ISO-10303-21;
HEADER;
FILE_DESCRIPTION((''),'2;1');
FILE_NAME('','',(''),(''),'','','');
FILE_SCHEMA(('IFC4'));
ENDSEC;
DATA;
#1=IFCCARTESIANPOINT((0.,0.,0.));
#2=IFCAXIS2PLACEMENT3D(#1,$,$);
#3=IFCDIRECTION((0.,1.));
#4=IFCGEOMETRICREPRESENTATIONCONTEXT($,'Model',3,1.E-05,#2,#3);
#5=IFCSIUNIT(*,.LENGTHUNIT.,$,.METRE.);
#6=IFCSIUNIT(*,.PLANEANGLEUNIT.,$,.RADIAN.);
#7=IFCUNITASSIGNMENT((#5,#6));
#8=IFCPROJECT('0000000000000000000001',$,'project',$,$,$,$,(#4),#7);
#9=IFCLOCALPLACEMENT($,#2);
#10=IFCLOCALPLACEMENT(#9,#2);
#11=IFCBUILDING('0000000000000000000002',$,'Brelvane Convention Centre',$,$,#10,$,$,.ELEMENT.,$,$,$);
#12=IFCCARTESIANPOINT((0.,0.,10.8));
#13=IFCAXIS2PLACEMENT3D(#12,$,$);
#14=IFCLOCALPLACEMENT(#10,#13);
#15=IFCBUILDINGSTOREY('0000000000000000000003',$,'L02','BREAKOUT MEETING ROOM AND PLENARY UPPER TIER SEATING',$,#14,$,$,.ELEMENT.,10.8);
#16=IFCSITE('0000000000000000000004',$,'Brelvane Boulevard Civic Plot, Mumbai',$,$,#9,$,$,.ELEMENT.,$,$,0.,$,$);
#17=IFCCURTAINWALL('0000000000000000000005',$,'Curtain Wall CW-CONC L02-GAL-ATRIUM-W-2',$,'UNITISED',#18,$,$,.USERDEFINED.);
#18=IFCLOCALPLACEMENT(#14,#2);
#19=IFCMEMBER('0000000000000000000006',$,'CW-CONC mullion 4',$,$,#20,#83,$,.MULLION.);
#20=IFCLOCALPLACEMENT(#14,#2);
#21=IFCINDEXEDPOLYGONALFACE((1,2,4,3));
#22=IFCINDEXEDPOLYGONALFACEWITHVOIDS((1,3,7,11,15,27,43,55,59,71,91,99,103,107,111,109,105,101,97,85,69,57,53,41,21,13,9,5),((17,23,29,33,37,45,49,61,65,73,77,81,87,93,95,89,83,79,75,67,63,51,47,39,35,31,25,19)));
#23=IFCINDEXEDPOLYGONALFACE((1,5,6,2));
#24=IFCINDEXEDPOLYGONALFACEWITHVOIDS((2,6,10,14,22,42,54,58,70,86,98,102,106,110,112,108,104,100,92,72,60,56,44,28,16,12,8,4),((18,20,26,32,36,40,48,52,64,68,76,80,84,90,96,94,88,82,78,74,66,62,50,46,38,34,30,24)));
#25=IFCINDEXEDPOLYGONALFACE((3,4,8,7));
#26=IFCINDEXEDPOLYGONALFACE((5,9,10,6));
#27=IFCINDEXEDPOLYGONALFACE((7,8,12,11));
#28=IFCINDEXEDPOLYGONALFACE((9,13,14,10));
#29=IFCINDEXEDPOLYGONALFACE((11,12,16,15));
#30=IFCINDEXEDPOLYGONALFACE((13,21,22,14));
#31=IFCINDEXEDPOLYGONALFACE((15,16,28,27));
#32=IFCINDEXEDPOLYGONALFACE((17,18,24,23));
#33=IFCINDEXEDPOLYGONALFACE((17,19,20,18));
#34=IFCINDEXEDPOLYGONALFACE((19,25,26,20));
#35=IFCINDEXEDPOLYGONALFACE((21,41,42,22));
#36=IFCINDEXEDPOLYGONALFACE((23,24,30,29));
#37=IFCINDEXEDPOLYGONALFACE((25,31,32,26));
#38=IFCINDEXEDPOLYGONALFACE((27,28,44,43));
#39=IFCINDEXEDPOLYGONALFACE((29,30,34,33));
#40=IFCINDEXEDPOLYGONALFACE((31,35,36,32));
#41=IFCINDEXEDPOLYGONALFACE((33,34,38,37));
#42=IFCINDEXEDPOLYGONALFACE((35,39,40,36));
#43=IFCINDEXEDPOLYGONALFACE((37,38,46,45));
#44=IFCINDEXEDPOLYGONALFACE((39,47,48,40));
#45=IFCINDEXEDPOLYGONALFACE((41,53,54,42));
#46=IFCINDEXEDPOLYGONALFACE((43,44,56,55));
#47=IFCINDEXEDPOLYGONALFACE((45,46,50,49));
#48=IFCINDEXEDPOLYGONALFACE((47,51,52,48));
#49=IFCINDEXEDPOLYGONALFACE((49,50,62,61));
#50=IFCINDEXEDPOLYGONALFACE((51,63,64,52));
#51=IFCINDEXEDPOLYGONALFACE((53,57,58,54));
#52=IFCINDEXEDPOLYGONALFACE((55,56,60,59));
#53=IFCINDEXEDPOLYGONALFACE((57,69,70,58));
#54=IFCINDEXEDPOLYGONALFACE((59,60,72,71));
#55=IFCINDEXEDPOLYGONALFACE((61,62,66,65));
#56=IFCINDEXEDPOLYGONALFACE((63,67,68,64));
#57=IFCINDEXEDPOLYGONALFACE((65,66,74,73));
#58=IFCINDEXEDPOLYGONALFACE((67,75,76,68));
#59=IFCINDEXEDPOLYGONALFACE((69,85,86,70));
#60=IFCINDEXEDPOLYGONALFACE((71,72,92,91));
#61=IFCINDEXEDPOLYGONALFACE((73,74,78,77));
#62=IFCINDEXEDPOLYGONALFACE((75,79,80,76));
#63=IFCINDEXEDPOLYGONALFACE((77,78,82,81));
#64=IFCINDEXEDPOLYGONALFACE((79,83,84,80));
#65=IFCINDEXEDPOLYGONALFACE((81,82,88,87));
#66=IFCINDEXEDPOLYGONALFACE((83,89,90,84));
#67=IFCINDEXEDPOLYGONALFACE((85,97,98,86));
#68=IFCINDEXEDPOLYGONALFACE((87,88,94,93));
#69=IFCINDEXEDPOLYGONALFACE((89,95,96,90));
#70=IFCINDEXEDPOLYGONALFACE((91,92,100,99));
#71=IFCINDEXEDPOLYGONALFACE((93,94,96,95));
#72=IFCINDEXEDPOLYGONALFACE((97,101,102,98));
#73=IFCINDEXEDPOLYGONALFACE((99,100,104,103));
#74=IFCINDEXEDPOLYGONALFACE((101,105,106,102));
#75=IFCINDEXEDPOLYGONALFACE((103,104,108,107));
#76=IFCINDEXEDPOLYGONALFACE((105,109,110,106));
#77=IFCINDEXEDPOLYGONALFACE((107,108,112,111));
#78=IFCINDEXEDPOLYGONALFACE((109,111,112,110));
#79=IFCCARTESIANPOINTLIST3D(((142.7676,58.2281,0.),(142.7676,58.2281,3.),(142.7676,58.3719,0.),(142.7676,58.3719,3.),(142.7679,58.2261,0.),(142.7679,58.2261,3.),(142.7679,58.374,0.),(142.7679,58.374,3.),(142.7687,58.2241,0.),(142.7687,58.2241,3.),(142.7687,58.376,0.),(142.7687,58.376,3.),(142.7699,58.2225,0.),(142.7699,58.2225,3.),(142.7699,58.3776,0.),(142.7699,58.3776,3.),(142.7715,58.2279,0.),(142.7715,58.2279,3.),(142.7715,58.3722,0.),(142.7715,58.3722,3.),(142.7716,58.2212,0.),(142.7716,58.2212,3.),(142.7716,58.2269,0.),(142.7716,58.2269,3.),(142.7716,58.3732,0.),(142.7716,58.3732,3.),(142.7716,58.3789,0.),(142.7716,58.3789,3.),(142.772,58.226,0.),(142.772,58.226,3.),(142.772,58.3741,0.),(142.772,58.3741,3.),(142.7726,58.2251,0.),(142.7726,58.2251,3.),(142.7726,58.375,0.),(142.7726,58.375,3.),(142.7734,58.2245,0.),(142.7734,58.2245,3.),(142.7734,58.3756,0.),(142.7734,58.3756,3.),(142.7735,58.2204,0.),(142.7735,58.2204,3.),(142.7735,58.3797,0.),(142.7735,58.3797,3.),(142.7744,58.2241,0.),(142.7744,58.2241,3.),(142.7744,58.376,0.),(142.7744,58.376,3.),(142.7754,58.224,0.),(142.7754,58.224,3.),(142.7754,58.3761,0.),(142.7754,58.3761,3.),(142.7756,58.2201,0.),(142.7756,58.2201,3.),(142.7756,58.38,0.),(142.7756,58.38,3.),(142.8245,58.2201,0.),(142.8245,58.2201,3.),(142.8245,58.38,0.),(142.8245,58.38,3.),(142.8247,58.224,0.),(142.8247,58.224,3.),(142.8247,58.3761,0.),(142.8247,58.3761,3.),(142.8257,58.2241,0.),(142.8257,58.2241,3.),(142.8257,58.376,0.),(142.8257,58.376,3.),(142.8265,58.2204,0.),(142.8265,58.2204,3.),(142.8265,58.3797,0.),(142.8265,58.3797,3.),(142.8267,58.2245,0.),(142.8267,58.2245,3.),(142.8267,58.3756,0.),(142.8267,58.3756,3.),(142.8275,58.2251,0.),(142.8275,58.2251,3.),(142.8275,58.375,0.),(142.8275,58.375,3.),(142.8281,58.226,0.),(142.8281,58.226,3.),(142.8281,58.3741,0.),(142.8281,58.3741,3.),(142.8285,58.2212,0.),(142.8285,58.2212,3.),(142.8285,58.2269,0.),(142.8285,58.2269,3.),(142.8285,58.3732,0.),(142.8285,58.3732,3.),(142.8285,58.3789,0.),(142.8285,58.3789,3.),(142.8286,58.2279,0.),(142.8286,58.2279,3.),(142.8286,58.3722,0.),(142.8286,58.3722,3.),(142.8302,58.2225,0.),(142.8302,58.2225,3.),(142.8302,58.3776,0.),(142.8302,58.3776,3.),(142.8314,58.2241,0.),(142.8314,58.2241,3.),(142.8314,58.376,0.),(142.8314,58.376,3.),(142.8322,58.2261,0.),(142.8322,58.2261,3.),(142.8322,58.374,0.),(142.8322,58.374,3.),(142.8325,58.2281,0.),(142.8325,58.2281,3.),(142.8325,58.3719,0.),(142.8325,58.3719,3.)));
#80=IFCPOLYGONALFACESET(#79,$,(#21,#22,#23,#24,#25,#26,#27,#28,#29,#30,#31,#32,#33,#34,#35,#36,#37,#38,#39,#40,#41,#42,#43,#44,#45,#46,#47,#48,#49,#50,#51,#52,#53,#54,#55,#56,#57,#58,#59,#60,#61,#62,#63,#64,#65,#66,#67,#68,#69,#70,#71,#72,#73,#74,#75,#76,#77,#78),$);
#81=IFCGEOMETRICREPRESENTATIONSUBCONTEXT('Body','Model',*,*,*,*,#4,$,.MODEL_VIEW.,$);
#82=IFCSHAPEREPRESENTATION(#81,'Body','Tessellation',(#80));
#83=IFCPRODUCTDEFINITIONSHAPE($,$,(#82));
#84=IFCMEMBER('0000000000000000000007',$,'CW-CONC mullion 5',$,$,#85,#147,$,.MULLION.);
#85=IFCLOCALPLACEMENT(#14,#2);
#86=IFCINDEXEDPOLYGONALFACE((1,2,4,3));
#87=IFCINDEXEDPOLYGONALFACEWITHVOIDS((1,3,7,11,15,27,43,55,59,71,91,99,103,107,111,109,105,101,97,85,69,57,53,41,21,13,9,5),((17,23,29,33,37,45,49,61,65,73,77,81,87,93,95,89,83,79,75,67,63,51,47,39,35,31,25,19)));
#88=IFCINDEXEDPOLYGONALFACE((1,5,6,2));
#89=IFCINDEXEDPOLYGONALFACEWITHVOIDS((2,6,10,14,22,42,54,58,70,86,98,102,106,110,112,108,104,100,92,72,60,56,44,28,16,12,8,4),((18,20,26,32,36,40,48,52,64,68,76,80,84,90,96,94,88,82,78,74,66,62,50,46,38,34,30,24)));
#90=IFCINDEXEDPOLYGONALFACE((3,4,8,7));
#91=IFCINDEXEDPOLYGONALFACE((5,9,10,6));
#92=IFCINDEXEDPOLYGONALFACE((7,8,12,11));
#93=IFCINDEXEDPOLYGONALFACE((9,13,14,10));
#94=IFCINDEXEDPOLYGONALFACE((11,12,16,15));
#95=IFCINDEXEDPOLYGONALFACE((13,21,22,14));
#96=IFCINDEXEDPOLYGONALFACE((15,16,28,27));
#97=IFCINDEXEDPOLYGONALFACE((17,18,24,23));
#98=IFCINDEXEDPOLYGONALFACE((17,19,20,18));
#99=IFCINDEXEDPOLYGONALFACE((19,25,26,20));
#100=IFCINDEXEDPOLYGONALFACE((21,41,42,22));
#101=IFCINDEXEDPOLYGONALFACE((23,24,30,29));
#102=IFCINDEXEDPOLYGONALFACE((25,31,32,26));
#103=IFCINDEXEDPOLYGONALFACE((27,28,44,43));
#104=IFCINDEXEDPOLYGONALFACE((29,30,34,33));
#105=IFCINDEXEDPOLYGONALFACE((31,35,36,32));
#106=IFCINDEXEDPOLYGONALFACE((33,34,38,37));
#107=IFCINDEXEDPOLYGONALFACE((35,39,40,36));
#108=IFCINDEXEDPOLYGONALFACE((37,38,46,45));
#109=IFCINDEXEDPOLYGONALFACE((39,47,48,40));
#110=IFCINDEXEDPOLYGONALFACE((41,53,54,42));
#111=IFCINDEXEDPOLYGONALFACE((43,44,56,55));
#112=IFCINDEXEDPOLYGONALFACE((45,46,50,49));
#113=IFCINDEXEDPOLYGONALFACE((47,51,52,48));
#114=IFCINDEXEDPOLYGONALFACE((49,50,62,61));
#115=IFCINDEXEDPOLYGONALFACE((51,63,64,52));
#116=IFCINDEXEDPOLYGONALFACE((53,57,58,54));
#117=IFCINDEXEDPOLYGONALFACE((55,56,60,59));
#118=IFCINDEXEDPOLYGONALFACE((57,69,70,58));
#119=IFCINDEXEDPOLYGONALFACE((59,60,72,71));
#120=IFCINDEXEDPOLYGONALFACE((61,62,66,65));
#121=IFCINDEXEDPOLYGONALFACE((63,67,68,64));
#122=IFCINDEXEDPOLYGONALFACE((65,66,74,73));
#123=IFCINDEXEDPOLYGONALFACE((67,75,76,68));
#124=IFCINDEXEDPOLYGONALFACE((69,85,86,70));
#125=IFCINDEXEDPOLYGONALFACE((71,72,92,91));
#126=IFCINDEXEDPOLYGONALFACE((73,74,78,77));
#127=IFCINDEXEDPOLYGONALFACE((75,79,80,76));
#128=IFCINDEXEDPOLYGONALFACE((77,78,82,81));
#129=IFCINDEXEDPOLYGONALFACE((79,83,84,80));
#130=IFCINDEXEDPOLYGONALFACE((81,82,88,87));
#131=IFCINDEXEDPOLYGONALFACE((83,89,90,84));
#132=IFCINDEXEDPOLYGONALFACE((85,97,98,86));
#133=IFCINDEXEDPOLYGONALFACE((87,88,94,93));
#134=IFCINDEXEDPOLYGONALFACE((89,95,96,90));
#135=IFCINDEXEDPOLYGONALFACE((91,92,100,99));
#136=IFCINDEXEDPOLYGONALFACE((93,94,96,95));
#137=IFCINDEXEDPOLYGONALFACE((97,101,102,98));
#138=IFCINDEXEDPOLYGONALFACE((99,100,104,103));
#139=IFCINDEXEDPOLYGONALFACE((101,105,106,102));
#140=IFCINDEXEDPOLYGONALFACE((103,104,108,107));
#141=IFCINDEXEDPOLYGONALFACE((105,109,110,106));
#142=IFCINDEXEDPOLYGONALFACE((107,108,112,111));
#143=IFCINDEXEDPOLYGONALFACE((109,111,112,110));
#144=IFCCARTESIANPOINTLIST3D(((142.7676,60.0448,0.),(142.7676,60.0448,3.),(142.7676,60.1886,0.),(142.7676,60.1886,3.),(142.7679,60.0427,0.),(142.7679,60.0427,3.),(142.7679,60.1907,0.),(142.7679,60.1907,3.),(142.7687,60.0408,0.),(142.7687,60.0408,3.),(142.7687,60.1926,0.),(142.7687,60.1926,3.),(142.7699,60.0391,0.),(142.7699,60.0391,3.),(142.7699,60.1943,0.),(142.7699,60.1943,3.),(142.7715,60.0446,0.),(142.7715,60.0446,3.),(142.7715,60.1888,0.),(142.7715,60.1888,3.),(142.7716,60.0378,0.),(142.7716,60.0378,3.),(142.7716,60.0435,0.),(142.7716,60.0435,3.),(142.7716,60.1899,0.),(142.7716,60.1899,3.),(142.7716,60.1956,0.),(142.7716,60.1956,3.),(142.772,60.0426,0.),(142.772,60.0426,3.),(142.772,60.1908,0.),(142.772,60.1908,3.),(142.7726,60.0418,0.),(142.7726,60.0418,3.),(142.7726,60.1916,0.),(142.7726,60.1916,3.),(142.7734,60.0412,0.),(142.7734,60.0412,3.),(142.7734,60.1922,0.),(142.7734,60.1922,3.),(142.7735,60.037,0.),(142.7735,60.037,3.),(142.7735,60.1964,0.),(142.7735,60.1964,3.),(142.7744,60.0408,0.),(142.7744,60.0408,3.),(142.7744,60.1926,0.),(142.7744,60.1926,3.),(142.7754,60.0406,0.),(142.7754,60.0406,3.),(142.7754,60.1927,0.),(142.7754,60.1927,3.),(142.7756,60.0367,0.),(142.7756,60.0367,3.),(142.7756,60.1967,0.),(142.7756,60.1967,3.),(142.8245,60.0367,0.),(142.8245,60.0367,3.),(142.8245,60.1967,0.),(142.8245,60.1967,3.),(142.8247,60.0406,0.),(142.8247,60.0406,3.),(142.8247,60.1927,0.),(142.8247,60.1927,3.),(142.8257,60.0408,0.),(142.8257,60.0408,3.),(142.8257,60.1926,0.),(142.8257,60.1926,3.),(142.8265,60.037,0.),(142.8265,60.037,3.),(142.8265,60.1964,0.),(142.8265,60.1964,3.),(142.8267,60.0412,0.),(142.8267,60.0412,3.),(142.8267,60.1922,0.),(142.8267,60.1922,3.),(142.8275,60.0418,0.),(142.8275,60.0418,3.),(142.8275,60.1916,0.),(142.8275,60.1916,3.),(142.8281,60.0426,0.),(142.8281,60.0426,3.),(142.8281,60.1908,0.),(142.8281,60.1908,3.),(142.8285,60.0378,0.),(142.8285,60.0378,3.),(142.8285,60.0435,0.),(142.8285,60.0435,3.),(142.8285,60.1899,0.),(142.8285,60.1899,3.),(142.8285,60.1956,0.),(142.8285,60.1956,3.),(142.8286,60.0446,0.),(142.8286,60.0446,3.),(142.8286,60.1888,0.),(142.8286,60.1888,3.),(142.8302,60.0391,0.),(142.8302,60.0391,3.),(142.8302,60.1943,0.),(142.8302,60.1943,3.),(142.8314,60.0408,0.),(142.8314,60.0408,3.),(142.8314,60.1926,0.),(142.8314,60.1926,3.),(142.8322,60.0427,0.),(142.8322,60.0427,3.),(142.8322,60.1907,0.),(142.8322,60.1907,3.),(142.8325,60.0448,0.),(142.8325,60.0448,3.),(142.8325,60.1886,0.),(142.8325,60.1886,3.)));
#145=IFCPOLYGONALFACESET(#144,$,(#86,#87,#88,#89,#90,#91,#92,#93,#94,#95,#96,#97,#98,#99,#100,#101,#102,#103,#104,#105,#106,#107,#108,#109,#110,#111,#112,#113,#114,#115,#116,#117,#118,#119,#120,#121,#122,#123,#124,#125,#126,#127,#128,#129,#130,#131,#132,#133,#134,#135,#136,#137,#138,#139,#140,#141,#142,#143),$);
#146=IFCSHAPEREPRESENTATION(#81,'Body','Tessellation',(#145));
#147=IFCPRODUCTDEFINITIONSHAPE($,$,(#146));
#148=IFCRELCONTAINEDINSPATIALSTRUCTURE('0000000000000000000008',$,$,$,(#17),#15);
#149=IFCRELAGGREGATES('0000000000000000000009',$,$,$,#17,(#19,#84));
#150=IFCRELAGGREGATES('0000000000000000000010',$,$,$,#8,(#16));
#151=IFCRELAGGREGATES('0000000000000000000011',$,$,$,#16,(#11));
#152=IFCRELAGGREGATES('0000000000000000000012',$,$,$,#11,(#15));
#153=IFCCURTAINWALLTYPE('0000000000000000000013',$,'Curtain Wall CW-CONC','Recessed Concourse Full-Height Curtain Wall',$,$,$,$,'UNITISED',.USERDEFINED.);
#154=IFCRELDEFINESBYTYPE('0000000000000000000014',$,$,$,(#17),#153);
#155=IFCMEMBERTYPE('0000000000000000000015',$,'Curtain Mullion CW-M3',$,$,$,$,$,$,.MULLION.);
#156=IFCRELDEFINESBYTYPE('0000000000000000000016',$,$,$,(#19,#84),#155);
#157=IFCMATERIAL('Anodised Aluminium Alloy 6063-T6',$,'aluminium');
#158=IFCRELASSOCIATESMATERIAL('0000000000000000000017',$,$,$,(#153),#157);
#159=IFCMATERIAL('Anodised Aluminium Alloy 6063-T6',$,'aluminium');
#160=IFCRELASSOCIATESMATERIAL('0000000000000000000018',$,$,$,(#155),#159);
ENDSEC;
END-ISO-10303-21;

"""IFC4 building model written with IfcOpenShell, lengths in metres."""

from ifc_helpers import new_model, si_unit, direction, frame, origin, origin_2d, place, context, subcontext, project, spatial, hollow_rectangle, extrude, material, material_profile, profile_set, type_object, element, aggregate, save


model = new_model("IFC4")

# Units and contexts
model_context = context("Model", 3, precision=1e-05, world=origin(), true_north=direction((0.0, 1.0)))
body_context = subcontext(model_context, "Body", "Model", "MODEL_VIEW")
ifc_project = project(units=[si_unit("LENGTHUNIT", "METRE"), si_unit("PLANEANGLEUNIT", "RADIAN")], contexts=[model_context])

# Site, building, storey
site_placement = place(None, origin())
site = spatial("IfcSite", under=ifc_project, at=site_placement, Name="Brelvane Boulevard Civic Plot, Mumbai", CompositionType="ELEMENT", RefElevation=0.0)
building_placement = place(site_placement, origin())
building = spatial("IfcBuilding", under=site, at=building_placement, Name="Brelvane Convention Centre", CompositionType="ELEMENT")
storey_placement = place(building_placement, frame((0.0, 0.0, 10.8)))
storey = spatial("IfcBuildingStorey", under=building, at=storey_placement, Name="L02", Description="BREAKOUT MEETING ROOM AND PLENARY UPPER TIER SEATING", CompositionType="ELEMENT", Elevation=10.8)

# Curtain wall, members
ifc_material_1 = material(Name="Anodised Aluminium Alloy 6063-T6", Category="aluminium")
curtain_wall_type = type_object("IfcCurtainWallType", Name="Curtain Wall CW-CONC", Description="Recessed Concourse Full-Height Curtain Wall", ElementType="UNITISED", PredefinedType="USERDEFINED", material=ifc_material_1)
curtain_wall_placement = place(storey_placement, origin())
curtain_wall = element("IfcCurtainWall", 1, at=curtain_wall_placement, inside=storey, type_object=curtain_wall_type, Name="Curtain Wall CW-CONC L02-GAL-ATRIUM-W-2", ObjectType="UNITISED", PredefinedType="USERDEFINED")
ifc_material_2 = material(Name="Anodised Aluminium Alloy 6063-T6", Category="aluminium")
ifc_material_profile_1 = material_profile(ifc_material_2, hollow_rectangle(XDim=0.0649, YDim=0.1599, WallThickness=0.0039, InnerFilletRadius=0.0039, OuterFilletRadius=0.0081, at=origin_2d()), Name="ALU-M 160x65x4.0")
ifc_profile_set_1 = profile_set([ifc_material_profile_1], Name="Anodised Aluminium Alloy 6063-T6")
member_type_1 = type_object("IfcMemberType", Name="Curtain Mullion CW-M3", PredefinedType="MULLION", material=ifc_profile_set_1)
member_1_placement = place(storey_placement, frame((142.8, 58.3, 0.0), z_axis=(0.0, 0.0, 1.0), x_axis=(-1.0, 0.0, 0.0)))
member_1 = element("IfcMember", 2, at=member_1_placement, type_object=member_type_1, Name="CW-CONC mullion 4", PredefinedType="MULLION", context=body_context, shape_type="SweptSolid", body=[
    extrude(hollow_rectangle(XDim=0.0649, YDim=0.1599, WallThickness=0.0039, InnerFilletRadius=0.0039, OuterFilletRadius=0.0081, at=origin_2d()), origin(), (0.0, 0.0, 1.0), 3.0),
])
member_2_placement = place(storey_placement, frame((142.8, 60.1167, 0.0), z_axis=(0.0, 0.0, 1.0), x_axis=(-1.0, 0.0, 0.0)))
member_2 = element("IfcMember", 3, at=member_2_placement, type_object=member_type_1, Name="CW-CONC mullion 5", PredefinedType="MULLION", context=body_context, shape_type="SweptSolid", body=[
    extrude(hollow_rectangle(XDim=0.0649, YDim=0.1599, WallThickness=0.0039, InnerFilletRadius=0.0039, OuterFilletRadius=0.0081, at=origin_2d()), origin(), (0.0, 0.0, 1.0), 3.0),
])

aggregate(curtain_wall, [member_1, member_2])

save(model, "model.ifc")
